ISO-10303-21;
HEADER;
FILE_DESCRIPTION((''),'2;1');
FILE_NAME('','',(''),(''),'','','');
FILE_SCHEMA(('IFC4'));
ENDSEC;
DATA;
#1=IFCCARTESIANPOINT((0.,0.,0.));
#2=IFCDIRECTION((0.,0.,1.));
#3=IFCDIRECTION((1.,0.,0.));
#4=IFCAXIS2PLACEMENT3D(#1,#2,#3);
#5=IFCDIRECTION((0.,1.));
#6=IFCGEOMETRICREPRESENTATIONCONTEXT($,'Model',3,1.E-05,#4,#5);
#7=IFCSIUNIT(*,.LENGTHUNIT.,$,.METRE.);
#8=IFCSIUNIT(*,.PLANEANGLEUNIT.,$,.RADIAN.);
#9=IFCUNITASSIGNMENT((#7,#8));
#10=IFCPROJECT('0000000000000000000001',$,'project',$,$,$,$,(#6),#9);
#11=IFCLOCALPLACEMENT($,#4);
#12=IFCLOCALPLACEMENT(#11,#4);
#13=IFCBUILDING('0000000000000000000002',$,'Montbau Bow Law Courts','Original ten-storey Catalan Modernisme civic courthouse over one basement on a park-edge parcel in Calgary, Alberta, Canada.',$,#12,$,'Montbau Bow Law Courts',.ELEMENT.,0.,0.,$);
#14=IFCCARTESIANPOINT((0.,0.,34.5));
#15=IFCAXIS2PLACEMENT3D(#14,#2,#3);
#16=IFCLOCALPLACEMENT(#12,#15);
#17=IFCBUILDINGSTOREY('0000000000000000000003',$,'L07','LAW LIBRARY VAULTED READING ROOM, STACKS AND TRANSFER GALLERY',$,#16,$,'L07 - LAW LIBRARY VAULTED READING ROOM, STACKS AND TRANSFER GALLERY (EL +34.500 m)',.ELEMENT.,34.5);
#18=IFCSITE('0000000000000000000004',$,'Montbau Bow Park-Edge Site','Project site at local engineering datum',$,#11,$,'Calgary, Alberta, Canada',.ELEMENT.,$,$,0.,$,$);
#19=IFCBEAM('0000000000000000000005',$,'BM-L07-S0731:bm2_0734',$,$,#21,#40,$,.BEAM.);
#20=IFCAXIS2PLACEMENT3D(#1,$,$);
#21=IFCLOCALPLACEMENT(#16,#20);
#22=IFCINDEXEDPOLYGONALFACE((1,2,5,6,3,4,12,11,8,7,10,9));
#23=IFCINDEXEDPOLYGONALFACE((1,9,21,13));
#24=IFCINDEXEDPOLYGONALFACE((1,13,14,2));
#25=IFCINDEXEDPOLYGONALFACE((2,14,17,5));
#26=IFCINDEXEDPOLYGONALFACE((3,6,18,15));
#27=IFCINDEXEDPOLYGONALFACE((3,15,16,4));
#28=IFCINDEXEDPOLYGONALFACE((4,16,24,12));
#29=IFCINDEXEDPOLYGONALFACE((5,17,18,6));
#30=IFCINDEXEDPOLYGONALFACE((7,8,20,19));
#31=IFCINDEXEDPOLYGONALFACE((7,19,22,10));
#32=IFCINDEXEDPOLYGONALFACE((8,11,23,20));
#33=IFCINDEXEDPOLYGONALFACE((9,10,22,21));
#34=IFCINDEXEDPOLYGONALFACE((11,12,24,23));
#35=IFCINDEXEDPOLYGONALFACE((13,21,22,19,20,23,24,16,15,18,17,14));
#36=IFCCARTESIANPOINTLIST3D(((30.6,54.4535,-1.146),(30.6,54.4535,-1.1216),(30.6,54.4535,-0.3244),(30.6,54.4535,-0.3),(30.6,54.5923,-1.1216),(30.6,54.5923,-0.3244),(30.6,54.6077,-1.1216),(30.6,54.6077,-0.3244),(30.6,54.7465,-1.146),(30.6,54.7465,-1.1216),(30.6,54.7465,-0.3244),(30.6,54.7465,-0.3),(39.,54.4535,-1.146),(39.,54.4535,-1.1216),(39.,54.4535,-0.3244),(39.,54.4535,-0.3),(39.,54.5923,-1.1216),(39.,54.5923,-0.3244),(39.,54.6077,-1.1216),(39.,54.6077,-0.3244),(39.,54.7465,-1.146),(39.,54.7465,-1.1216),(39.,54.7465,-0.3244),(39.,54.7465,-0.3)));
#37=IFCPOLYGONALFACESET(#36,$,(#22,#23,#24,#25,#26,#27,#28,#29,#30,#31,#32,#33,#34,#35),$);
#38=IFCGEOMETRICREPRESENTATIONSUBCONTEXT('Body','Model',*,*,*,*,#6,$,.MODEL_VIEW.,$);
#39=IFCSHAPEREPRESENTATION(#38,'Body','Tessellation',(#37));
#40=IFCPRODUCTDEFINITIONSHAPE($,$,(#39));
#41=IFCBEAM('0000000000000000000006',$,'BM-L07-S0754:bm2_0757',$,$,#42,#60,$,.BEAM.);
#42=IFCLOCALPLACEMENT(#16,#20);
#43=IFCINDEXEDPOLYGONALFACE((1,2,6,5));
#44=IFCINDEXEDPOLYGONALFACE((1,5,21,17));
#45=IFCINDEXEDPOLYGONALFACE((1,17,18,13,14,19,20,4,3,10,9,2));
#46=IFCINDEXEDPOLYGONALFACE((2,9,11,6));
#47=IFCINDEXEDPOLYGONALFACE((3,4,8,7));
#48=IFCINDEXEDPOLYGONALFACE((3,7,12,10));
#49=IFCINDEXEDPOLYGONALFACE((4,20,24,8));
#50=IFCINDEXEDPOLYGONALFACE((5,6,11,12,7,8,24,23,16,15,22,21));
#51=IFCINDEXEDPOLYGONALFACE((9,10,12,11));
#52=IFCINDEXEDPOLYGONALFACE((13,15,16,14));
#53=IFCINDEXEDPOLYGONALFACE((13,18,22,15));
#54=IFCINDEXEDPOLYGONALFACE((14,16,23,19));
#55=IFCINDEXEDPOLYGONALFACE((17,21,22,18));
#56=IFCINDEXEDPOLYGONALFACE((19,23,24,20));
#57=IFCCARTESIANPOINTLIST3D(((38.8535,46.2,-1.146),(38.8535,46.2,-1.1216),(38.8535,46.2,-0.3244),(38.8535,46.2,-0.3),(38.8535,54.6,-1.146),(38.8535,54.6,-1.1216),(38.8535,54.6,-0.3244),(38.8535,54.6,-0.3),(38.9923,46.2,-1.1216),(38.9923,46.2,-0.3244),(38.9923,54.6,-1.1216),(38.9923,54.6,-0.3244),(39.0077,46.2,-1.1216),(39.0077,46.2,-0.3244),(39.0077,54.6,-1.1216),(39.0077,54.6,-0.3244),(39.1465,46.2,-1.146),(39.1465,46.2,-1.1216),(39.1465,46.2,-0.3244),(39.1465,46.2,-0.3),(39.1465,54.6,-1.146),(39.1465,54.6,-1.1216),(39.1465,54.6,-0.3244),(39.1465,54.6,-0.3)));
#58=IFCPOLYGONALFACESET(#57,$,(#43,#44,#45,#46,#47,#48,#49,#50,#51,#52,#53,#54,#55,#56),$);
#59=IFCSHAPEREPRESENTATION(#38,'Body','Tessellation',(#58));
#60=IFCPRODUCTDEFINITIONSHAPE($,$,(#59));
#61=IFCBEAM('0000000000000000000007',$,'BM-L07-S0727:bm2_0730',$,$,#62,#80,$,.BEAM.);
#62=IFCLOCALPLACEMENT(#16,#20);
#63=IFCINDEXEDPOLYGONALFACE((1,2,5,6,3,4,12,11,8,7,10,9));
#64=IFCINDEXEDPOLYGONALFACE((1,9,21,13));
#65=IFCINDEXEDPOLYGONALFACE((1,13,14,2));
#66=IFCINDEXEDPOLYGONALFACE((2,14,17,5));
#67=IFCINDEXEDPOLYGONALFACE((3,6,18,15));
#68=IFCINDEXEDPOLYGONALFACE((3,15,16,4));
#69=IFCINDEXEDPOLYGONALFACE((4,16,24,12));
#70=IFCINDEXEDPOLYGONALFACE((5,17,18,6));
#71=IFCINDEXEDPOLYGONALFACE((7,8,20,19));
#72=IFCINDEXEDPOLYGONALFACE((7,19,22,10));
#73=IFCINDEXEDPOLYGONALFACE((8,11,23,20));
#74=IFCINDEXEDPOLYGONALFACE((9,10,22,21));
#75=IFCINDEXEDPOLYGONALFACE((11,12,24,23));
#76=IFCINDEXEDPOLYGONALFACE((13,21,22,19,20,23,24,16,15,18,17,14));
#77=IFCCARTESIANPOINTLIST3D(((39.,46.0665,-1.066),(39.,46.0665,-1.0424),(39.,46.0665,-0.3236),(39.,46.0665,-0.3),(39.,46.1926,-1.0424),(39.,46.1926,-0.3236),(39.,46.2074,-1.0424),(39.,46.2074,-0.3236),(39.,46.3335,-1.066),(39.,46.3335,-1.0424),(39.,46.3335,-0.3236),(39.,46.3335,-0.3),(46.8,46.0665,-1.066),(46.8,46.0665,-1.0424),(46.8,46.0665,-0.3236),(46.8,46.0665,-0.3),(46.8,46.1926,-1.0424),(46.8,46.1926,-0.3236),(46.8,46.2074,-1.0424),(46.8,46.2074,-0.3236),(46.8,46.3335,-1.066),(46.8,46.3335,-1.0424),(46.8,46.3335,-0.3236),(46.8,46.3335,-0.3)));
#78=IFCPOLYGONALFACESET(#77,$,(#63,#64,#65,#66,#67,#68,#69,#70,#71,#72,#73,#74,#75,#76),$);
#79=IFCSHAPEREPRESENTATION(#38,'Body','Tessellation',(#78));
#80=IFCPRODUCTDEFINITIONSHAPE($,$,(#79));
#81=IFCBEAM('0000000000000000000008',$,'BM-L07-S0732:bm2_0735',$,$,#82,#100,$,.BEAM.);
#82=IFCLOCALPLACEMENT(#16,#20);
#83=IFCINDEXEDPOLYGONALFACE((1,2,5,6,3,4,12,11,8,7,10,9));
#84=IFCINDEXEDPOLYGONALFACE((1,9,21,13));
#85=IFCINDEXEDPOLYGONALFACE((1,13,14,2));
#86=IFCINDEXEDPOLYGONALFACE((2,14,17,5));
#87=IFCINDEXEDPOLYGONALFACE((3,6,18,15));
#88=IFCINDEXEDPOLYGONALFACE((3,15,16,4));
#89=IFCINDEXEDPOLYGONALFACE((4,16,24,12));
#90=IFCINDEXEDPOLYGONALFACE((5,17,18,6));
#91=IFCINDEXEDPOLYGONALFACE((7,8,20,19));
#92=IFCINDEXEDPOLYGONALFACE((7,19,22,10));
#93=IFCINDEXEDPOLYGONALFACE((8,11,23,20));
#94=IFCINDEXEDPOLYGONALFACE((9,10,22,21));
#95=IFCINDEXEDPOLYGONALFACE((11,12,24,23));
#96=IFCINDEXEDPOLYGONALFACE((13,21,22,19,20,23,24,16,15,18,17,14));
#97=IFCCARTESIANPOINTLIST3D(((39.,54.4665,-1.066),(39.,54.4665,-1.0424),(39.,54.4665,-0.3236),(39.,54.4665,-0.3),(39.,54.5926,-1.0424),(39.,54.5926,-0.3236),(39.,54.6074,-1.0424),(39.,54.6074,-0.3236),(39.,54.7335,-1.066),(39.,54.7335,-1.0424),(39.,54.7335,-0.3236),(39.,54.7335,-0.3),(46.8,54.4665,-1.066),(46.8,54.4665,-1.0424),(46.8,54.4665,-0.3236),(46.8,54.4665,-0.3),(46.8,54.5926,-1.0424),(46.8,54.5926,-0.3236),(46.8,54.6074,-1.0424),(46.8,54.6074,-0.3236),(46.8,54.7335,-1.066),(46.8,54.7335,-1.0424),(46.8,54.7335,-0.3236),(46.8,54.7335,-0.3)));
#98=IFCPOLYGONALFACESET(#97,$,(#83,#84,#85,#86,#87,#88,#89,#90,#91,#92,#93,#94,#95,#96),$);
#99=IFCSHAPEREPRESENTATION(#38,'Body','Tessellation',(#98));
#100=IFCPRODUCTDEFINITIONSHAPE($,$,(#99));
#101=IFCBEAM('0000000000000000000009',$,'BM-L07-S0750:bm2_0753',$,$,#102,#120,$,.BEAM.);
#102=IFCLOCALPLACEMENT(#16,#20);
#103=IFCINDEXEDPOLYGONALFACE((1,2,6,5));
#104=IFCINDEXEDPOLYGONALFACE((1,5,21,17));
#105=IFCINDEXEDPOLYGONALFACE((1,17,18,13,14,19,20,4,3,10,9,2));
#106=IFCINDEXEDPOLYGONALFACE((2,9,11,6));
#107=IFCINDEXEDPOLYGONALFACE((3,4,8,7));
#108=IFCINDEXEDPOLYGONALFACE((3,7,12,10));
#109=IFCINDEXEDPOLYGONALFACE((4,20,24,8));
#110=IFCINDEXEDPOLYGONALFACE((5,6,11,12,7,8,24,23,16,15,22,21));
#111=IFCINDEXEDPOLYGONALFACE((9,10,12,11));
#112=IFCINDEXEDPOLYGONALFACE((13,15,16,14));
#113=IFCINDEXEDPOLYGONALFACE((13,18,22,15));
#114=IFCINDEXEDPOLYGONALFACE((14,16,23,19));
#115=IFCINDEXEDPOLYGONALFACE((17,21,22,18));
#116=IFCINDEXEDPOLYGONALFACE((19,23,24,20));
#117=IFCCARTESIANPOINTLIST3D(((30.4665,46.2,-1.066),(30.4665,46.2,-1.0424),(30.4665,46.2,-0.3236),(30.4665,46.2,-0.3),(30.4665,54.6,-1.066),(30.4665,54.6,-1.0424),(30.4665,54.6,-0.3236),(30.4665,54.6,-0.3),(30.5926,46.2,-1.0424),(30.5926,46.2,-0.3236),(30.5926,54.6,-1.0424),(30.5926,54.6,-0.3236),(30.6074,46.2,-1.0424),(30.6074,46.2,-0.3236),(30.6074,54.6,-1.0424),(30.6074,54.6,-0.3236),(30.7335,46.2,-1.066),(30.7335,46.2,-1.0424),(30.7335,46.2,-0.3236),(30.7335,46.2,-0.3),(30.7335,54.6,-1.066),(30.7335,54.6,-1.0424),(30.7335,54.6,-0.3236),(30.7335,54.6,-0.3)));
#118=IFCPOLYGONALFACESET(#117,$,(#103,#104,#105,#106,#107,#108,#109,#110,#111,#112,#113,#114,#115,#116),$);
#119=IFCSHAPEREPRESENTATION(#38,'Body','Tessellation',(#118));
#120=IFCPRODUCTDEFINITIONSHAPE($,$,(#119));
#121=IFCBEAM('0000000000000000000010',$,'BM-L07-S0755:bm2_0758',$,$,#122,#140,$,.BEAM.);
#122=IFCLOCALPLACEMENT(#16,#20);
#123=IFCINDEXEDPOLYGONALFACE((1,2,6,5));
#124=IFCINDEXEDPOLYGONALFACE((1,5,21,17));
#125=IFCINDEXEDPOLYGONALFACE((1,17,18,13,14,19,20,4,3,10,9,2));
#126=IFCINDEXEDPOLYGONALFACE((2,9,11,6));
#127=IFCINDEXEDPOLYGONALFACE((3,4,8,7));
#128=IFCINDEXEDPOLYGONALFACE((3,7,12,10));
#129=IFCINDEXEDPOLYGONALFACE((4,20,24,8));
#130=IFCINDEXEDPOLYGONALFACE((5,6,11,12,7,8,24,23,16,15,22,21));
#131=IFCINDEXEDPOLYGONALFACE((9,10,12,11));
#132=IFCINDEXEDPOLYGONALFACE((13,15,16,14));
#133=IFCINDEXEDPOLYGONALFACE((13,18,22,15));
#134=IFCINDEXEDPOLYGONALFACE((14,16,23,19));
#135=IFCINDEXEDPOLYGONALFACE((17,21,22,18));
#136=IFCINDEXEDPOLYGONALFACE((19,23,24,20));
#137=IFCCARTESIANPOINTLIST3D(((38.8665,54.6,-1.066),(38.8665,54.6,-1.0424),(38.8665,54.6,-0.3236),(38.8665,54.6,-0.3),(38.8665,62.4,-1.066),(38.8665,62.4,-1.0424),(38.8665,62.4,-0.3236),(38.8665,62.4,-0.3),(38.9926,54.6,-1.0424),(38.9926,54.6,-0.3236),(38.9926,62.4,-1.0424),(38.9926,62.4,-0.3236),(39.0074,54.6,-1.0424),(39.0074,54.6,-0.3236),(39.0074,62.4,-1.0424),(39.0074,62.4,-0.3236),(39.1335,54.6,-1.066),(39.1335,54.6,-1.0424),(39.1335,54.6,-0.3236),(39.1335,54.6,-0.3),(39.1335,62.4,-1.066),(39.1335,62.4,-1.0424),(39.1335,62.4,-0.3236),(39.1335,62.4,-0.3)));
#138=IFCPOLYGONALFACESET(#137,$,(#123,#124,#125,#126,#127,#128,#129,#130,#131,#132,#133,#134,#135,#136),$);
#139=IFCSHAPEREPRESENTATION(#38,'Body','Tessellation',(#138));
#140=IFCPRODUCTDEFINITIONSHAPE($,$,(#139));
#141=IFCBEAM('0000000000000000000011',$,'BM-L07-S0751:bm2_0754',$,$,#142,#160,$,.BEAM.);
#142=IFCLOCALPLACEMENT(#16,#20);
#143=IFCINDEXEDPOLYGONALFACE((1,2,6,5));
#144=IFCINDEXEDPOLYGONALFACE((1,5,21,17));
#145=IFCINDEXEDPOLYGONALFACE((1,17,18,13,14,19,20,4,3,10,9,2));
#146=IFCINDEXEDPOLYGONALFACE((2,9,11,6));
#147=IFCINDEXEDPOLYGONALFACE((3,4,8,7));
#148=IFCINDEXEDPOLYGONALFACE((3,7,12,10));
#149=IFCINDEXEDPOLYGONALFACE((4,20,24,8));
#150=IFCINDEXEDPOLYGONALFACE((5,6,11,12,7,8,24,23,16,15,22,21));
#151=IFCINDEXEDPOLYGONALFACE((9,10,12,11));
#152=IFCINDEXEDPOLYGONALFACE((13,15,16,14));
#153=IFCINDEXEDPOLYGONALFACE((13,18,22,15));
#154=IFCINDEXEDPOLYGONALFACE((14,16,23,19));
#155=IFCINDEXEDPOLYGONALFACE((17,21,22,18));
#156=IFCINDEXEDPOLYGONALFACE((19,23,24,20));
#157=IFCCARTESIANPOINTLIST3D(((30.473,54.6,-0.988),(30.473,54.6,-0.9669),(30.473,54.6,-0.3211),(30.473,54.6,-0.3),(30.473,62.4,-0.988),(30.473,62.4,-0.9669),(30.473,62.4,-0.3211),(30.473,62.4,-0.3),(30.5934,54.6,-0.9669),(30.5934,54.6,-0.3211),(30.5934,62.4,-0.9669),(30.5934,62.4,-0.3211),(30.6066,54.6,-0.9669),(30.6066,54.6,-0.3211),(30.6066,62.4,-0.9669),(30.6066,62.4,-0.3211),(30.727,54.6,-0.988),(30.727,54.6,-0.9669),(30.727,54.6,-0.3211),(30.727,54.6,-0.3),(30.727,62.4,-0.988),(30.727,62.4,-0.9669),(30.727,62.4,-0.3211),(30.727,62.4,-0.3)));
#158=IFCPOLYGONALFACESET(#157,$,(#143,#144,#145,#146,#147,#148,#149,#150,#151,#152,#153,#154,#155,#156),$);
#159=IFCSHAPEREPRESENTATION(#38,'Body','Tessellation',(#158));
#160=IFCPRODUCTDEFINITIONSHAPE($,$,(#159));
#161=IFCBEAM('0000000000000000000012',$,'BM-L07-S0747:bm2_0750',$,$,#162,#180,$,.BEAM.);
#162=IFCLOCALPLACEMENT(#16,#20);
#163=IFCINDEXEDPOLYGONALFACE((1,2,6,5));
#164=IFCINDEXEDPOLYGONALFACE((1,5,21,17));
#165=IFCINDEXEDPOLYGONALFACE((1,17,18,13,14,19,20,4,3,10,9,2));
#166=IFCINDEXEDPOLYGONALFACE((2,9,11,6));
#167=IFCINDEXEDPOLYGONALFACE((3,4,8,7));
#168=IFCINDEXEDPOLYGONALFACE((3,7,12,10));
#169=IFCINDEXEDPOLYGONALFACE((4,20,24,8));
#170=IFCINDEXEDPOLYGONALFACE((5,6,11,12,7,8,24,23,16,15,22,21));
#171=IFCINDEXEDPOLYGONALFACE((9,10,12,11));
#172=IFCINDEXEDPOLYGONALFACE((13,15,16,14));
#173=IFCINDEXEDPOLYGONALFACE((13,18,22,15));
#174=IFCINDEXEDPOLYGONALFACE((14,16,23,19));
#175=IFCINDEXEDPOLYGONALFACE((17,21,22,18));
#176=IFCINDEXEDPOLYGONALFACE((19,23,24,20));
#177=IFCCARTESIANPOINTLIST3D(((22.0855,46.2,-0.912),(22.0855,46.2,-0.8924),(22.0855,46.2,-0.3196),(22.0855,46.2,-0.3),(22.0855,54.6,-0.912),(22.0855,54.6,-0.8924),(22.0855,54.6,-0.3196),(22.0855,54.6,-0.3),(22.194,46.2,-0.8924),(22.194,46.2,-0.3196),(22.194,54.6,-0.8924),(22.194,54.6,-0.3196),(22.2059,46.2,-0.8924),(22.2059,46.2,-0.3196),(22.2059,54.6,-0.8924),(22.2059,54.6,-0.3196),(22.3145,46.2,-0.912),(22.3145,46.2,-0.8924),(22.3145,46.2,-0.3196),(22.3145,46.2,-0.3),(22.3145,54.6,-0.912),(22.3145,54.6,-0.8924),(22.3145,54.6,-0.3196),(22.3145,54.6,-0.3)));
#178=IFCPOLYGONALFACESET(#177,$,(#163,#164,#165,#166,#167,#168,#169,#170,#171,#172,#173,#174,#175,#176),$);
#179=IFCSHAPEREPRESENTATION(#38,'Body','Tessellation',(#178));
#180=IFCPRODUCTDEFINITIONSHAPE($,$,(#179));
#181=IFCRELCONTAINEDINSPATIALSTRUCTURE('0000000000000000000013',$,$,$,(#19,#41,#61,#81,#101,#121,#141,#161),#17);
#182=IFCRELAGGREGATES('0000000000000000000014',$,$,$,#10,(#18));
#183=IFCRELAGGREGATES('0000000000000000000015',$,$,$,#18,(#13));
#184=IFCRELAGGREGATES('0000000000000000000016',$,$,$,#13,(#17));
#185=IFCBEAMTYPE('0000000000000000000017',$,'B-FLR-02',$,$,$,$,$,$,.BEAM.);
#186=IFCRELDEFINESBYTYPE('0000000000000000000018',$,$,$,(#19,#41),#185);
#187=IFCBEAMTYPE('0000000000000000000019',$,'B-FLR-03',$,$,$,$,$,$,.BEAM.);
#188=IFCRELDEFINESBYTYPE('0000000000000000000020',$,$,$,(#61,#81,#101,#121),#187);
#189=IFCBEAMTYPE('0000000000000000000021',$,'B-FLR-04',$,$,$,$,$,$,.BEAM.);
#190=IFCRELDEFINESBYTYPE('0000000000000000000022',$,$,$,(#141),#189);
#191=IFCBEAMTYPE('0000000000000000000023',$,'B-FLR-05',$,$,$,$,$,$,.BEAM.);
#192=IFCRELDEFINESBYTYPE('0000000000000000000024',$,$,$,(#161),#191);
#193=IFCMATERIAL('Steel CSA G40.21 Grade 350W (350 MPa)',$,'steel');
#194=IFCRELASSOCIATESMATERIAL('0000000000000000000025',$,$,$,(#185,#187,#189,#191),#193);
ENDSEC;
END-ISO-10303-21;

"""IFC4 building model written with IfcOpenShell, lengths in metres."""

from ifc_helpers import new_model, si_unit, direction, frame, origin_with_axes, origin_2d_with_axis, place, context, subcontext, project, spatial, i_section, extrude, material, material_profile, profile_set, type_object, element, save


model = new_model("IFC4")

# Units and contexts
model_context = context("Model", 3, precision=1e-05, world=origin_with_axes(), true_north=direction((0.0, 1.0)))
body_context = subcontext(model_context, "Body", "Model", "MODEL_VIEW")
ifc_project = project(units=[si_unit("LENGTHUNIT", "METRE"), si_unit("PLANEANGLEUNIT", "RADIAN")], contexts=[model_context])

# Site, building, storey
site_placement = place(None, origin_with_axes())
site = spatial("IfcSite", under=ifc_project, at=site_placement, Name="Montbau Bow Park-Edge Site", Description="Project site at local engineering datum", LongName="Calgary, Alberta, Canada", CompositionType="ELEMENT", RefElevation=0.0)
building_placement = place(site_placement, origin_with_axes())
building = spatial("IfcBuilding", under=site, at=building_placement, Name="Montbau Bow Law Courts", Description="Original ten-storey Catalan Modernisme civic courthouse over one basement on a park-edge parcel in Calgary, Alberta, Canada.", LongName="Montbau Bow Law Courts", CompositionType="ELEMENT", ElevationOfRefHeight=0.0, ElevationOfTerrain=0.0)
storey_placement = place(building_placement, frame((0.0, 0.0, 34.5), z_axis=(0.0, 0.0, 1.0), x_axis=(1.0, 0.0, 0.0)))
storey = spatial("IfcBuildingStorey", under=building, at=storey_placement, Name="L07", Description="LAW LIBRARY VAULTED READING ROOM, STACKS AND TRANSFER GALLERY", LongName="L07 - LAW LIBRARY VAULTED READING ROOM, STACKS AND TRANSFER GALLERY (EL +34.500 m)", CompositionType="ELEMENT", Elevation=34.5)

# Shared definitions
ifc_material_1 = material(Name="Steel CSA G40.21 Grade 350W (350 MPa)", Category="steel")

# Beams
ifc_material_profile_1 = material_profile(ifc_material_1, i_section(OverallWidth=0.293, OverallDepth=0.846, WebThickness=0.0154, FlangeThickness=0.0244, at=origin_2d_with_axis()), Name="W840X210", Category="Main", Priority=0)
ifc_profile_set_1 = profile_set([ifc_material_profile_1], Name="Steel CSA G40.21 Grade 350W (350 MPa)")
beam_type_1 = type_object("IfcBeamType", Name="B-FLR-02", PredefinedType="BEAM", material=ifc_profile_set_1)
for number, where, z_axis, x_axis, name in (
    (1, (30.6, 54.6, 33.777), (1.0, 0.0, 0.0), (0.0, 1.0, 0.0), "BM-L07-S0731:bm2_0734"),
    (2, (39.0, 46.2, 33.777), (0.0, 1.0, 0.0), (-1.0, 0.0, 0.0), "BM-L07-S0754:bm2_0757"),
):
    element("IfcBeam", number, at=place(None, frame(where, z_axis=z_axis, x_axis=x_axis)), inside=storey, type_object=beam_type_1, Name=name, PredefinedType="BEAM", context=body_context, shape_type="SweptSolid", body=[
        extrude(i_section(OverallWidth=0.293, OverallDepth=0.846, WebThickness=0.0154, FlangeThickness=0.0244, at=origin_2d_with_axis()), origin_with_axes(), (0.0, 0.0, 1.0), 8.4),
    ])
ifc_material_profile_2 = material_profile(ifc_material_1, i_section(OverallWidth=0.267, OverallDepth=0.766, WebThickness=0.0149, FlangeThickness=0.0236, at=origin_2d_with_axis()), Name="W760X185", Category="Main", Priority=0)
ifc_profile_set_2 = profile_set([ifc_material_profile_2], Name="Steel CSA G40.21 Grade 350W (350 MPa)")
beam_type_2 = type_object("IfcBeamType", Name="B-FLR-03", PredefinedType="BEAM", material=ifc_profile_set_2)
for number, where, z_axis, x_axis, name in (
    (3, (39.0, 46.2, 33.817), (1.0, 0.0, 0.0), (0.0, 1.0, 0.0), "BM-L07-S0727:bm2_0730"),
    (4, (39.0, 54.6, 33.817), (1.0, 0.0, 0.0), (0.0, 1.0, 0.0), "BM-L07-S0732:bm2_0735"),
):
    element("IfcBeam", number, at=place(None, frame(where, z_axis=z_axis, x_axis=x_axis)), inside=storey, type_object=beam_type_2, Name=name, PredefinedType="BEAM", context=body_context, shape_type="SweptSolid", body=[
        extrude(i_section(OverallWidth=0.267, OverallDepth=0.766, WebThickness=0.0149, FlangeThickness=0.0236, at=origin_2d_with_axis()), origin_with_axes(), (0.0, 0.0, 1.0), 7.8),
    ])
beam_1_placement = place(None, frame((30.6, 46.2, 33.817), z_axis=(0.0, 1.0, 0.0), x_axis=(-1.0, 0.0, 0.0)))
element("IfcBeam", 5, at=beam_1_placement, inside=storey, type_object=beam_type_2, Name="BM-L07-S0750:bm2_0753", PredefinedType="BEAM", context=body_context, shape_type="SweptSolid", body=[
    extrude(i_section(OverallWidth=0.267, OverallDepth=0.766, WebThickness=0.0149, FlangeThickness=0.0236, at=origin_2d_with_axis()), origin_with_axes(), (0.0, 0.0, 1.0), 8.4),
])
beam_2_placement = place(None, frame((39.0, 54.6, 33.817), z_axis=(0.0, 1.0, 0.0), x_axis=(-1.0, 0.0, 0.0)))
element("IfcBeam", 6, at=beam_2_placement, inside=storey, type_object=beam_type_2, Name="BM-L07-S0755:bm2_0758", PredefinedType="BEAM", context=body_context, shape_type="SweptSolid", body=[
    extrude(i_section(OverallWidth=0.267, OverallDepth=0.766, WebThickness=0.0149, FlangeThickness=0.0236, at=origin_2d_with_axis()), origin_with_axes(), (0.0, 0.0, 1.0), 7.8),
])
ifc_material_profile_3 = material_profile(ifc_material_1, i_section(OverallWidth=0.254, OverallDepth=0.688, WebThickness=0.0131, FlangeThickness=0.0211, at=origin_2d_with_axis()), Name="W690X152", Category="Main", Priority=0)
ifc_profile_set_3 = profile_set([ifc_material_profile_3], Name="Steel CSA G40.21 Grade 350W (350 MPa)")
beam_type_3 = type_object("IfcBeamType", Name="B-FLR-04", PredefinedType="BEAM", material=ifc_profile_set_3)
beam_3_placement = place(None, frame((30.6, 54.6, 33.856), z_axis=(0.0, 1.0, 0.0), x_axis=(-1.0, 0.0, 0.0)))
element("IfcBeam", 7, at=beam_3_placement, inside=storey, type_object=beam_type_3, Name="BM-L07-S0751:bm2_0754", PredefinedType="BEAM", context=body_context, shape_type="SweptSolid", body=[
    extrude(i_section(OverallWidth=0.254, OverallDepth=0.688, WebThickness=0.0131, FlangeThickness=0.0211, at=origin_2d_with_axis()), origin_with_axes(), (0.0, 0.0, 1.0), 7.8),
])
ifc_material_profile_4 = material_profile(ifc_material_1, i_section(OverallWidth=0.229, OverallDepth=0.612, WebThickness=0.0119, FlangeThickness=0.0196, at=origin_2d_with_axis()), Name="W610X125", Category="Main", Priority=0)
ifc_profile_set_4 = profile_set([ifc_material_profile_4], Name="Steel CSA G40.21 Grade 350W (350 MPa)")
beam_type_4 = type_object("IfcBeamType", Name="B-FLR-05", PredefinedType="BEAM", material=ifc_profile_set_4)
beam_4_placement = place(None, frame((22.2, 46.2, 33.894), z_axis=(0.0, 1.0, 0.0), x_axis=(-1.0, 0.0, 0.0)))
element("IfcBeam", 8, at=beam_4_placement, inside=storey, type_object=beam_type_4, Name="BM-L07-S0747:bm2_0750", PredefinedType="BEAM", context=body_context, shape_type="SweptSolid", body=[
    extrude(i_section(OverallWidth=0.229, OverallDepth=0.612, WebThickness=0.0119, FlangeThickness=0.0196, at=origin_2d_with_axis()), origin_with_axes(), (0.0, 0.0, 1.0), 8.4),
])

save(model, "model.ifc")
